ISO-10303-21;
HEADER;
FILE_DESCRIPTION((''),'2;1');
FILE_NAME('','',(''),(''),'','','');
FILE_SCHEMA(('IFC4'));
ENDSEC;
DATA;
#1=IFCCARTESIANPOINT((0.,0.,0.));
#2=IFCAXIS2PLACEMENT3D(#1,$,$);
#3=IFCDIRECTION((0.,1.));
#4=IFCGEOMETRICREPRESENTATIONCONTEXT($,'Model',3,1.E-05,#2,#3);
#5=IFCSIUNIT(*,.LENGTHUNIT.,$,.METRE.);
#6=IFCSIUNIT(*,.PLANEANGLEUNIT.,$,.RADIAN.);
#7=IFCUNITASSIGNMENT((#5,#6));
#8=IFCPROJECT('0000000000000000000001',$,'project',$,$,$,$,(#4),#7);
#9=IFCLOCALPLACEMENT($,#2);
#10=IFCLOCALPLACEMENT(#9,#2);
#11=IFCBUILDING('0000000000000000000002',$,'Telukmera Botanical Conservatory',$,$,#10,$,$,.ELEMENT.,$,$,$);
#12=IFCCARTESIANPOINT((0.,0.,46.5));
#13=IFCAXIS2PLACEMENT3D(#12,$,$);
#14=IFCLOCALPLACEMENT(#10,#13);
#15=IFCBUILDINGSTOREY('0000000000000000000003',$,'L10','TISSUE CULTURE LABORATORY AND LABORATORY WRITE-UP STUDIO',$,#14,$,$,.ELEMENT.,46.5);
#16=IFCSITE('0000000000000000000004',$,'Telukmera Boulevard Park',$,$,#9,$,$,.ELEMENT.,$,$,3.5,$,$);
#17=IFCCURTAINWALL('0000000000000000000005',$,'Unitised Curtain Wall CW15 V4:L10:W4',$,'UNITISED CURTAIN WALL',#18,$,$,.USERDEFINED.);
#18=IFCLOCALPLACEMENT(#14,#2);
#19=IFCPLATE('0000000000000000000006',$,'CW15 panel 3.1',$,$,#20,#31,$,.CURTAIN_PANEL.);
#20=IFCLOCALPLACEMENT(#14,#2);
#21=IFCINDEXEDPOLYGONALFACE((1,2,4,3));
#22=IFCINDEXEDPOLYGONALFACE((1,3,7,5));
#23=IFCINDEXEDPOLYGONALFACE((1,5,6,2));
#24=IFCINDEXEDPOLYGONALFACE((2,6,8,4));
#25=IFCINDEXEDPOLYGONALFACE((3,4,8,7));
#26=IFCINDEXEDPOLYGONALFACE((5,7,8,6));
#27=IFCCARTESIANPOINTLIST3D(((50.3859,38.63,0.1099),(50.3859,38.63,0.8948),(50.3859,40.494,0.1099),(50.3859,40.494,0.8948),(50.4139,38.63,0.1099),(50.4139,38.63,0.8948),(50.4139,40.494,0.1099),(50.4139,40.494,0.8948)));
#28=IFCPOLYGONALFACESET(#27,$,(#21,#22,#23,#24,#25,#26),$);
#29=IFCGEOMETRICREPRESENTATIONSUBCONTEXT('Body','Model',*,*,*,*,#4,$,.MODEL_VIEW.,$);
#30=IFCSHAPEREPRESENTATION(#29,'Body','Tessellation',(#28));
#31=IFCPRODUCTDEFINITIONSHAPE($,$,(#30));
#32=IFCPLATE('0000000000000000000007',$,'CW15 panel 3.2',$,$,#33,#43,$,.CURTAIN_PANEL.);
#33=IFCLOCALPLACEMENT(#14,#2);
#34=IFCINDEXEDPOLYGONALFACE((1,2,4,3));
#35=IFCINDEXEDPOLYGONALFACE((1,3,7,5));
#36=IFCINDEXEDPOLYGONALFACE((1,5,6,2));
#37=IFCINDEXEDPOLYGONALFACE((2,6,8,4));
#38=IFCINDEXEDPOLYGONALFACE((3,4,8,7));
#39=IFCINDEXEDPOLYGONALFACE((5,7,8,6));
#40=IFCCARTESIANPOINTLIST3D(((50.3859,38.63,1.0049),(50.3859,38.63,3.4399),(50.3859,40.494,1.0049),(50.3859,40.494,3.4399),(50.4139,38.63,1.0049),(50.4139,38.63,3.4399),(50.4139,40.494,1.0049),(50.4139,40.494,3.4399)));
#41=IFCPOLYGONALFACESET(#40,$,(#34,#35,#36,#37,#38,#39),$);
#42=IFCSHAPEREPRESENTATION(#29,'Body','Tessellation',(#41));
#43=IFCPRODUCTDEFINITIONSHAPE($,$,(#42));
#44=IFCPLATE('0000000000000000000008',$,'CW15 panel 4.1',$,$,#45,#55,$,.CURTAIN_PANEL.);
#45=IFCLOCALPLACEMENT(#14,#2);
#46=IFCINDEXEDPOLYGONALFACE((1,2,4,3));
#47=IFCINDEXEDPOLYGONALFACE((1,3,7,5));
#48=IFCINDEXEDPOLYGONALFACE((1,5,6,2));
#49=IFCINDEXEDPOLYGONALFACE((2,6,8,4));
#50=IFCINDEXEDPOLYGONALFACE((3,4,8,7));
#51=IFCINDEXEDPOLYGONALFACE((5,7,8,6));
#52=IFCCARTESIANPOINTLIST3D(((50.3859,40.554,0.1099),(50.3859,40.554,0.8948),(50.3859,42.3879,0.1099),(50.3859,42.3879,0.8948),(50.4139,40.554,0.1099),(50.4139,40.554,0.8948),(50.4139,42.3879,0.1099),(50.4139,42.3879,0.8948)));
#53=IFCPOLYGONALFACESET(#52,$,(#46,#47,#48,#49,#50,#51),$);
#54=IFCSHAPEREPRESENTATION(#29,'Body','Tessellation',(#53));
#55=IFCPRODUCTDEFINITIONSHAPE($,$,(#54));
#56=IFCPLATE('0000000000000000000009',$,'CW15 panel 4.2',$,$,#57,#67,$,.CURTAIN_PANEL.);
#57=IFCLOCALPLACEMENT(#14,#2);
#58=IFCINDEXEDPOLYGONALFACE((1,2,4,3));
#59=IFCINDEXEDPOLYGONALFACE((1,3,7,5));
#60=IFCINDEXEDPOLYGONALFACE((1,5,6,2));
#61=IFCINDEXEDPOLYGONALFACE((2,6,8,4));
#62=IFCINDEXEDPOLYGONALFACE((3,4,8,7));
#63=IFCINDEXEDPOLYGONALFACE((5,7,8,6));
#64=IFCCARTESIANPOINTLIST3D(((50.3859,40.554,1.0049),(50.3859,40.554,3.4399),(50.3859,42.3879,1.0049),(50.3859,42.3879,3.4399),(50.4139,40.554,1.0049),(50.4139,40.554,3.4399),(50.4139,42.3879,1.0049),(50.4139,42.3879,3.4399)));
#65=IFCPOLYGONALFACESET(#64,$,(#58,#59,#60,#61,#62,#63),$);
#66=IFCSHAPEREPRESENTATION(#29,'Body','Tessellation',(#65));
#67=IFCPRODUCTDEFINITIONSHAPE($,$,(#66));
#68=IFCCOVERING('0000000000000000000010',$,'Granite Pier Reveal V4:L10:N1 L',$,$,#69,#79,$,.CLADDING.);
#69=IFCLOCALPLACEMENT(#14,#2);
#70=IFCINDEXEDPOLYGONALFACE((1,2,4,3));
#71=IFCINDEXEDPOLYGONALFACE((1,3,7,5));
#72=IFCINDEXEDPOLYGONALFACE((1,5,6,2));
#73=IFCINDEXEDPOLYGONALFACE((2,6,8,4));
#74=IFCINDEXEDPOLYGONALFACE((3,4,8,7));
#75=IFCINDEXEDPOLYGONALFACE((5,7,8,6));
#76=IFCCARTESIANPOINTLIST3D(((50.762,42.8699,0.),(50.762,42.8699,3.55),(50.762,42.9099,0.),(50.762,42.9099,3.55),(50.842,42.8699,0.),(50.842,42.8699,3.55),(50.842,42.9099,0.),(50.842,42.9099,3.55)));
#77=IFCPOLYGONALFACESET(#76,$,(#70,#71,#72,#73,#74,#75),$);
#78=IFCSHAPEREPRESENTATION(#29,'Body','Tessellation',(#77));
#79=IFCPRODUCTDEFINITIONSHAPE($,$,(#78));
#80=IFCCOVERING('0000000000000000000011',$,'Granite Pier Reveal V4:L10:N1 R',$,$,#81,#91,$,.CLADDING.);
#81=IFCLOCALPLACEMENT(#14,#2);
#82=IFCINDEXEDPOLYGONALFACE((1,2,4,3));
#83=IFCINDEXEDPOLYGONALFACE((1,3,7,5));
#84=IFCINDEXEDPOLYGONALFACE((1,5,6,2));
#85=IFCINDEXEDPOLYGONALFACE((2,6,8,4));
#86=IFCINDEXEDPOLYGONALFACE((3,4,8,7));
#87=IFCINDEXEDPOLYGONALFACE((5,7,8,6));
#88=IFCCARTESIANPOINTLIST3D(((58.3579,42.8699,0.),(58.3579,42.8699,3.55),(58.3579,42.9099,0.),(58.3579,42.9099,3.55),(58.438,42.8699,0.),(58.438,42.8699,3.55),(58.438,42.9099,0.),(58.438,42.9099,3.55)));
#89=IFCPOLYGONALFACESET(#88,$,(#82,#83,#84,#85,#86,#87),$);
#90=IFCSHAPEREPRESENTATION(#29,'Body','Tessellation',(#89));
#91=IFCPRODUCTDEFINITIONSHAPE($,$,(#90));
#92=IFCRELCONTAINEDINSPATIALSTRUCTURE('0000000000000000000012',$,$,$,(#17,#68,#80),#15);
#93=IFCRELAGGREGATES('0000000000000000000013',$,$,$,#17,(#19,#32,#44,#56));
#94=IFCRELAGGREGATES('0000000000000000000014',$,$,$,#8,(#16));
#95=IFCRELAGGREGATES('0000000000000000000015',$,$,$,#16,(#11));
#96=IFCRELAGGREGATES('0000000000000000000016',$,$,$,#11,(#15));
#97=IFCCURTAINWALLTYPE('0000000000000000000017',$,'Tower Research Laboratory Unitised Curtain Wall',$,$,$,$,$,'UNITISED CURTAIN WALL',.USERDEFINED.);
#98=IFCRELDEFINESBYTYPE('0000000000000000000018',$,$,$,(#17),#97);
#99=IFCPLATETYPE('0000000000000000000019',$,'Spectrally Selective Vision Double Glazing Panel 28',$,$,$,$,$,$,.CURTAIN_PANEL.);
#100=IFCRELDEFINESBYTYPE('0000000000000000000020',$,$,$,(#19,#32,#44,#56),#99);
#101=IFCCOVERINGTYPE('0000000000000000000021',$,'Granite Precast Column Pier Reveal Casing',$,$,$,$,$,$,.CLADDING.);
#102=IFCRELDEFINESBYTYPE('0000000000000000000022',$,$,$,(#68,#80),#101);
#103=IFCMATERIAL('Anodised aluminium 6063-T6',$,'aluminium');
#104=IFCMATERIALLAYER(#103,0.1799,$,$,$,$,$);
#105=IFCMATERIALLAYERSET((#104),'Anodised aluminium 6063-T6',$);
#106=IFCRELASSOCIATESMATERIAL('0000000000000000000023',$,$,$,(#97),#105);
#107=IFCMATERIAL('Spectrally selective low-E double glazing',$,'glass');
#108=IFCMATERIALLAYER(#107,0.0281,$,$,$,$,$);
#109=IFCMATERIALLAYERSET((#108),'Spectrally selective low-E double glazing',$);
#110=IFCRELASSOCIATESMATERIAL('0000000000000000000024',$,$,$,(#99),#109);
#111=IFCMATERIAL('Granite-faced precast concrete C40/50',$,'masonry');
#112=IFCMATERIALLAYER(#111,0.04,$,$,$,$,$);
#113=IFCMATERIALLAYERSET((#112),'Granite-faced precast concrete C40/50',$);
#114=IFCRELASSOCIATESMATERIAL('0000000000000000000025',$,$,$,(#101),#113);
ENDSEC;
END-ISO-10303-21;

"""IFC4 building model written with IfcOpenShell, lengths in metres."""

from ifc_helpers import new_model, si_unit, direction, frame, origin, origin_2d, place, context, subcontext, project, spatial, rectangle, extrude, material, layer, layer_set, type_object, element, aggregate, save


model = new_model("IFC4")

# Units and contexts
model_context = context("Model", 3, precision=1e-05, world=origin(), true_north=direction((0.0, 1.0)))
body_context = subcontext(model_context, "Body", "Model", "MODEL_VIEW")
ifc_project = project(units=[si_unit("LENGTHUNIT", "METRE"), si_unit("PLANEANGLEUNIT", "RADIAN")], contexts=[model_context])

# Site, building, storey
site_placement = place(None, origin())
site = spatial("IfcSite", under=ifc_project, at=site_placement, Name="Telukmera Boulevard Park", CompositionType="ELEMENT", RefElevation=3.5)
building_placement = place(site_placement, origin())
building = spatial("IfcBuilding", under=site, at=building_placement, Name="Telukmera Botanical Conservatory", CompositionType="ELEMENT")
storey_placement = place(building_placement, frame((0.0, 0.0, 46.5)))
storey = spatial("IfcBuildingStorey", under=building, at=storey_placement, Name="L10", Description="TISSUE CULTURE LABORATORY AND LABORATORY WRITE-UP STUDIO", CompositionType="ELEMENT", Elevation=46.5)

# Curtain wall
ifc_material_1 = material(Name="Anodised aluminium 6063-T6", Category="aluminium")
ifc_layer_1 = layer(ifc_material_1, 0.1799)
ifc_layer_set_1 = layer_set([ifc_layer_1], Name="Anodised aluminium 6063-T6")
curtain_wall_type = type_object("IfcCurtainWallType", Name="Tower Research Laboratory Unitised Curtain Wall", ElementType="UNITISED CURTAIN WALL", PredefinedType="USERDEFINED", material=ifc_layer_set_1)
curtain_wall_1_placement = place(storey_placement, origin())
curtain_wall_1 = element("IfcCurtainWall", 1, at=curtain_wall_1_placement, inside=storey, type_object=curtain_wall_type, Name="Unitised Curtain Wall CW15 V4:L10:W4", ObjectType="UNITISED CURTAIN WALL", PredefinedType="USERDEFINED")

# Plates
ifc_material_2 = material(Name="Spectrally selective low-E double glazing", Category="glass")
ifc_layer_2 = layer(ifc_material_2, 0.0281)
ifc_layer_set_2 = layer_set([ifc_layer_2], Name="Spectrally selective low-E double glazing")
plate_type = type_object("IfcPlateType", Name="Spectrally Selective Vision Double Glazing Panel 28", PredefinedType="CURTAIN_PANEL", material=ifc_layer_set_2)
plate_1_placement = place(storey_placement, frame((50.3999, 39.562, 0.1099), z_axis=(0.0, 0.0, 1.0), x_axis=(0.0, 1.0, 0.0)))
plate_1 = element("IfcPlate", 2, at=plate_1_placement, type_object=plate_type, Name="CW15 panel 3.1", PredefinedType="CURTAIN_PANEL", context=body_context, shape_type="SweptSolid", body=[
    extrude(rectangle(XDim=1.864, YDim=0.0281, at=origin_2d()), origin(), (0.0, 0.0, 1.0), 0.7849),
])
plate_2_placement = place(storey_placement, frame((50.3999, 39.562, 1.0049), z_axis=(0.0, 0.0, 1.0), x_axis=(0.0, 1.0, 0.0)))
plate_2 = element("IfcPlate", 3, at=plate_2_placement, type_object=plate_type, Name="CW15 panel 3.2", PredefinedType="CURTAIN_PANEL", context=body_context, shape_type="SweptSolid", body=[
    extrude(rectangle(XDim=1.864, YDim=0.0281, at=origin_2d()), origin(), (0.0, 0.0, 1.0), 2.4351),
])
plate_3_placement = place(storey_placement, frame((50.3999, 41.4709, 0.1099), z_axis=(0.0, 0.0, 1.0), x_axis=(0.0, 1.0, 0.0)))
plate_3 = element("IfcPlate", 4, at=plate_3_placement, type_object=plate_type, Name="CW15 panel 4.1", PredefinedType="CURTAIN_PANEL", context=body_context, shape_type="SweptSolid", body=[
    extrude(rectangle(XDim=1.834, YDim=0.0281, at=origin_2d()), origin(), (0.0, 0.0, 1.0), 0.7849),
])
plate_4_placement = place(storey_placement, frame((50.3999, 41.4709, 1.0049), z_axis=(0.0, 0.0, 1.0), x_axis=(0.0, 1.0, 0.0)))
plate_4 = element("IfcPlate", 5, at=plate_4_placement, type_object=plate_type, Name="CW15 panel 4.2", PredefinedType="CURTAIN_PANEL", context=body_context, shape_type="SweptSolid", body=[
    extrude(rectangle(XDim=1.834, YDim=0.0281, at=origin_2d()), origin(), (0.0, 0.0, 1.0), 2.4351),
])
aggregate(curtain_wall_1, [plate_1, plate_2, plate_3, plate_4])

# Coverings
ifc_material_3 = material(Name="Granite-faced precast concrete C40/50", Category="masonry")
ifc_layer_3 = layer(ifc_material_3, 0.04)
ifc_layer_set_3 = layer_set([ifc_layer_3], Name="Granite-faced precast concrete C40/50")
covering_type = type_object("IfcCoveringType", Name="Granite Precast Column Pier Reveal Casing", PredefinedType="CLADDING", material=ifc_layer_set_3)
for number, where, z_axis, x_axis, name in (
    (6, (50.802, 42.8899, 0.0), (0.0, 0.0, 1.0), (1.0, 0.0, 0.0), "Granite Pier Reveal V4:L10:N1 L"),
    (7, (58.3979, 42.8899, 0.0), (0.0, 0.0, 1.0), (1.0, 0.0, 0.0), "Granite Pier Reveal V4:L10:N1 R"),
):
    element("IfcCovering", number, at=place(storey_placement, frame(where, z_axis=z_axis, x_axis=x_axis)), inside=storey, type_object=covering_type, Name=name, PredefinedType="CLADDING", context=body_context, shape_type="SweptSolid", body=[
        extrude(rectangle(XDim=0.0801, YDim=0.04, at=origin_2d()), origin(), (0.0, 0.0, 1.0), 3.55),
    ])

save(model, "model.ifc")
